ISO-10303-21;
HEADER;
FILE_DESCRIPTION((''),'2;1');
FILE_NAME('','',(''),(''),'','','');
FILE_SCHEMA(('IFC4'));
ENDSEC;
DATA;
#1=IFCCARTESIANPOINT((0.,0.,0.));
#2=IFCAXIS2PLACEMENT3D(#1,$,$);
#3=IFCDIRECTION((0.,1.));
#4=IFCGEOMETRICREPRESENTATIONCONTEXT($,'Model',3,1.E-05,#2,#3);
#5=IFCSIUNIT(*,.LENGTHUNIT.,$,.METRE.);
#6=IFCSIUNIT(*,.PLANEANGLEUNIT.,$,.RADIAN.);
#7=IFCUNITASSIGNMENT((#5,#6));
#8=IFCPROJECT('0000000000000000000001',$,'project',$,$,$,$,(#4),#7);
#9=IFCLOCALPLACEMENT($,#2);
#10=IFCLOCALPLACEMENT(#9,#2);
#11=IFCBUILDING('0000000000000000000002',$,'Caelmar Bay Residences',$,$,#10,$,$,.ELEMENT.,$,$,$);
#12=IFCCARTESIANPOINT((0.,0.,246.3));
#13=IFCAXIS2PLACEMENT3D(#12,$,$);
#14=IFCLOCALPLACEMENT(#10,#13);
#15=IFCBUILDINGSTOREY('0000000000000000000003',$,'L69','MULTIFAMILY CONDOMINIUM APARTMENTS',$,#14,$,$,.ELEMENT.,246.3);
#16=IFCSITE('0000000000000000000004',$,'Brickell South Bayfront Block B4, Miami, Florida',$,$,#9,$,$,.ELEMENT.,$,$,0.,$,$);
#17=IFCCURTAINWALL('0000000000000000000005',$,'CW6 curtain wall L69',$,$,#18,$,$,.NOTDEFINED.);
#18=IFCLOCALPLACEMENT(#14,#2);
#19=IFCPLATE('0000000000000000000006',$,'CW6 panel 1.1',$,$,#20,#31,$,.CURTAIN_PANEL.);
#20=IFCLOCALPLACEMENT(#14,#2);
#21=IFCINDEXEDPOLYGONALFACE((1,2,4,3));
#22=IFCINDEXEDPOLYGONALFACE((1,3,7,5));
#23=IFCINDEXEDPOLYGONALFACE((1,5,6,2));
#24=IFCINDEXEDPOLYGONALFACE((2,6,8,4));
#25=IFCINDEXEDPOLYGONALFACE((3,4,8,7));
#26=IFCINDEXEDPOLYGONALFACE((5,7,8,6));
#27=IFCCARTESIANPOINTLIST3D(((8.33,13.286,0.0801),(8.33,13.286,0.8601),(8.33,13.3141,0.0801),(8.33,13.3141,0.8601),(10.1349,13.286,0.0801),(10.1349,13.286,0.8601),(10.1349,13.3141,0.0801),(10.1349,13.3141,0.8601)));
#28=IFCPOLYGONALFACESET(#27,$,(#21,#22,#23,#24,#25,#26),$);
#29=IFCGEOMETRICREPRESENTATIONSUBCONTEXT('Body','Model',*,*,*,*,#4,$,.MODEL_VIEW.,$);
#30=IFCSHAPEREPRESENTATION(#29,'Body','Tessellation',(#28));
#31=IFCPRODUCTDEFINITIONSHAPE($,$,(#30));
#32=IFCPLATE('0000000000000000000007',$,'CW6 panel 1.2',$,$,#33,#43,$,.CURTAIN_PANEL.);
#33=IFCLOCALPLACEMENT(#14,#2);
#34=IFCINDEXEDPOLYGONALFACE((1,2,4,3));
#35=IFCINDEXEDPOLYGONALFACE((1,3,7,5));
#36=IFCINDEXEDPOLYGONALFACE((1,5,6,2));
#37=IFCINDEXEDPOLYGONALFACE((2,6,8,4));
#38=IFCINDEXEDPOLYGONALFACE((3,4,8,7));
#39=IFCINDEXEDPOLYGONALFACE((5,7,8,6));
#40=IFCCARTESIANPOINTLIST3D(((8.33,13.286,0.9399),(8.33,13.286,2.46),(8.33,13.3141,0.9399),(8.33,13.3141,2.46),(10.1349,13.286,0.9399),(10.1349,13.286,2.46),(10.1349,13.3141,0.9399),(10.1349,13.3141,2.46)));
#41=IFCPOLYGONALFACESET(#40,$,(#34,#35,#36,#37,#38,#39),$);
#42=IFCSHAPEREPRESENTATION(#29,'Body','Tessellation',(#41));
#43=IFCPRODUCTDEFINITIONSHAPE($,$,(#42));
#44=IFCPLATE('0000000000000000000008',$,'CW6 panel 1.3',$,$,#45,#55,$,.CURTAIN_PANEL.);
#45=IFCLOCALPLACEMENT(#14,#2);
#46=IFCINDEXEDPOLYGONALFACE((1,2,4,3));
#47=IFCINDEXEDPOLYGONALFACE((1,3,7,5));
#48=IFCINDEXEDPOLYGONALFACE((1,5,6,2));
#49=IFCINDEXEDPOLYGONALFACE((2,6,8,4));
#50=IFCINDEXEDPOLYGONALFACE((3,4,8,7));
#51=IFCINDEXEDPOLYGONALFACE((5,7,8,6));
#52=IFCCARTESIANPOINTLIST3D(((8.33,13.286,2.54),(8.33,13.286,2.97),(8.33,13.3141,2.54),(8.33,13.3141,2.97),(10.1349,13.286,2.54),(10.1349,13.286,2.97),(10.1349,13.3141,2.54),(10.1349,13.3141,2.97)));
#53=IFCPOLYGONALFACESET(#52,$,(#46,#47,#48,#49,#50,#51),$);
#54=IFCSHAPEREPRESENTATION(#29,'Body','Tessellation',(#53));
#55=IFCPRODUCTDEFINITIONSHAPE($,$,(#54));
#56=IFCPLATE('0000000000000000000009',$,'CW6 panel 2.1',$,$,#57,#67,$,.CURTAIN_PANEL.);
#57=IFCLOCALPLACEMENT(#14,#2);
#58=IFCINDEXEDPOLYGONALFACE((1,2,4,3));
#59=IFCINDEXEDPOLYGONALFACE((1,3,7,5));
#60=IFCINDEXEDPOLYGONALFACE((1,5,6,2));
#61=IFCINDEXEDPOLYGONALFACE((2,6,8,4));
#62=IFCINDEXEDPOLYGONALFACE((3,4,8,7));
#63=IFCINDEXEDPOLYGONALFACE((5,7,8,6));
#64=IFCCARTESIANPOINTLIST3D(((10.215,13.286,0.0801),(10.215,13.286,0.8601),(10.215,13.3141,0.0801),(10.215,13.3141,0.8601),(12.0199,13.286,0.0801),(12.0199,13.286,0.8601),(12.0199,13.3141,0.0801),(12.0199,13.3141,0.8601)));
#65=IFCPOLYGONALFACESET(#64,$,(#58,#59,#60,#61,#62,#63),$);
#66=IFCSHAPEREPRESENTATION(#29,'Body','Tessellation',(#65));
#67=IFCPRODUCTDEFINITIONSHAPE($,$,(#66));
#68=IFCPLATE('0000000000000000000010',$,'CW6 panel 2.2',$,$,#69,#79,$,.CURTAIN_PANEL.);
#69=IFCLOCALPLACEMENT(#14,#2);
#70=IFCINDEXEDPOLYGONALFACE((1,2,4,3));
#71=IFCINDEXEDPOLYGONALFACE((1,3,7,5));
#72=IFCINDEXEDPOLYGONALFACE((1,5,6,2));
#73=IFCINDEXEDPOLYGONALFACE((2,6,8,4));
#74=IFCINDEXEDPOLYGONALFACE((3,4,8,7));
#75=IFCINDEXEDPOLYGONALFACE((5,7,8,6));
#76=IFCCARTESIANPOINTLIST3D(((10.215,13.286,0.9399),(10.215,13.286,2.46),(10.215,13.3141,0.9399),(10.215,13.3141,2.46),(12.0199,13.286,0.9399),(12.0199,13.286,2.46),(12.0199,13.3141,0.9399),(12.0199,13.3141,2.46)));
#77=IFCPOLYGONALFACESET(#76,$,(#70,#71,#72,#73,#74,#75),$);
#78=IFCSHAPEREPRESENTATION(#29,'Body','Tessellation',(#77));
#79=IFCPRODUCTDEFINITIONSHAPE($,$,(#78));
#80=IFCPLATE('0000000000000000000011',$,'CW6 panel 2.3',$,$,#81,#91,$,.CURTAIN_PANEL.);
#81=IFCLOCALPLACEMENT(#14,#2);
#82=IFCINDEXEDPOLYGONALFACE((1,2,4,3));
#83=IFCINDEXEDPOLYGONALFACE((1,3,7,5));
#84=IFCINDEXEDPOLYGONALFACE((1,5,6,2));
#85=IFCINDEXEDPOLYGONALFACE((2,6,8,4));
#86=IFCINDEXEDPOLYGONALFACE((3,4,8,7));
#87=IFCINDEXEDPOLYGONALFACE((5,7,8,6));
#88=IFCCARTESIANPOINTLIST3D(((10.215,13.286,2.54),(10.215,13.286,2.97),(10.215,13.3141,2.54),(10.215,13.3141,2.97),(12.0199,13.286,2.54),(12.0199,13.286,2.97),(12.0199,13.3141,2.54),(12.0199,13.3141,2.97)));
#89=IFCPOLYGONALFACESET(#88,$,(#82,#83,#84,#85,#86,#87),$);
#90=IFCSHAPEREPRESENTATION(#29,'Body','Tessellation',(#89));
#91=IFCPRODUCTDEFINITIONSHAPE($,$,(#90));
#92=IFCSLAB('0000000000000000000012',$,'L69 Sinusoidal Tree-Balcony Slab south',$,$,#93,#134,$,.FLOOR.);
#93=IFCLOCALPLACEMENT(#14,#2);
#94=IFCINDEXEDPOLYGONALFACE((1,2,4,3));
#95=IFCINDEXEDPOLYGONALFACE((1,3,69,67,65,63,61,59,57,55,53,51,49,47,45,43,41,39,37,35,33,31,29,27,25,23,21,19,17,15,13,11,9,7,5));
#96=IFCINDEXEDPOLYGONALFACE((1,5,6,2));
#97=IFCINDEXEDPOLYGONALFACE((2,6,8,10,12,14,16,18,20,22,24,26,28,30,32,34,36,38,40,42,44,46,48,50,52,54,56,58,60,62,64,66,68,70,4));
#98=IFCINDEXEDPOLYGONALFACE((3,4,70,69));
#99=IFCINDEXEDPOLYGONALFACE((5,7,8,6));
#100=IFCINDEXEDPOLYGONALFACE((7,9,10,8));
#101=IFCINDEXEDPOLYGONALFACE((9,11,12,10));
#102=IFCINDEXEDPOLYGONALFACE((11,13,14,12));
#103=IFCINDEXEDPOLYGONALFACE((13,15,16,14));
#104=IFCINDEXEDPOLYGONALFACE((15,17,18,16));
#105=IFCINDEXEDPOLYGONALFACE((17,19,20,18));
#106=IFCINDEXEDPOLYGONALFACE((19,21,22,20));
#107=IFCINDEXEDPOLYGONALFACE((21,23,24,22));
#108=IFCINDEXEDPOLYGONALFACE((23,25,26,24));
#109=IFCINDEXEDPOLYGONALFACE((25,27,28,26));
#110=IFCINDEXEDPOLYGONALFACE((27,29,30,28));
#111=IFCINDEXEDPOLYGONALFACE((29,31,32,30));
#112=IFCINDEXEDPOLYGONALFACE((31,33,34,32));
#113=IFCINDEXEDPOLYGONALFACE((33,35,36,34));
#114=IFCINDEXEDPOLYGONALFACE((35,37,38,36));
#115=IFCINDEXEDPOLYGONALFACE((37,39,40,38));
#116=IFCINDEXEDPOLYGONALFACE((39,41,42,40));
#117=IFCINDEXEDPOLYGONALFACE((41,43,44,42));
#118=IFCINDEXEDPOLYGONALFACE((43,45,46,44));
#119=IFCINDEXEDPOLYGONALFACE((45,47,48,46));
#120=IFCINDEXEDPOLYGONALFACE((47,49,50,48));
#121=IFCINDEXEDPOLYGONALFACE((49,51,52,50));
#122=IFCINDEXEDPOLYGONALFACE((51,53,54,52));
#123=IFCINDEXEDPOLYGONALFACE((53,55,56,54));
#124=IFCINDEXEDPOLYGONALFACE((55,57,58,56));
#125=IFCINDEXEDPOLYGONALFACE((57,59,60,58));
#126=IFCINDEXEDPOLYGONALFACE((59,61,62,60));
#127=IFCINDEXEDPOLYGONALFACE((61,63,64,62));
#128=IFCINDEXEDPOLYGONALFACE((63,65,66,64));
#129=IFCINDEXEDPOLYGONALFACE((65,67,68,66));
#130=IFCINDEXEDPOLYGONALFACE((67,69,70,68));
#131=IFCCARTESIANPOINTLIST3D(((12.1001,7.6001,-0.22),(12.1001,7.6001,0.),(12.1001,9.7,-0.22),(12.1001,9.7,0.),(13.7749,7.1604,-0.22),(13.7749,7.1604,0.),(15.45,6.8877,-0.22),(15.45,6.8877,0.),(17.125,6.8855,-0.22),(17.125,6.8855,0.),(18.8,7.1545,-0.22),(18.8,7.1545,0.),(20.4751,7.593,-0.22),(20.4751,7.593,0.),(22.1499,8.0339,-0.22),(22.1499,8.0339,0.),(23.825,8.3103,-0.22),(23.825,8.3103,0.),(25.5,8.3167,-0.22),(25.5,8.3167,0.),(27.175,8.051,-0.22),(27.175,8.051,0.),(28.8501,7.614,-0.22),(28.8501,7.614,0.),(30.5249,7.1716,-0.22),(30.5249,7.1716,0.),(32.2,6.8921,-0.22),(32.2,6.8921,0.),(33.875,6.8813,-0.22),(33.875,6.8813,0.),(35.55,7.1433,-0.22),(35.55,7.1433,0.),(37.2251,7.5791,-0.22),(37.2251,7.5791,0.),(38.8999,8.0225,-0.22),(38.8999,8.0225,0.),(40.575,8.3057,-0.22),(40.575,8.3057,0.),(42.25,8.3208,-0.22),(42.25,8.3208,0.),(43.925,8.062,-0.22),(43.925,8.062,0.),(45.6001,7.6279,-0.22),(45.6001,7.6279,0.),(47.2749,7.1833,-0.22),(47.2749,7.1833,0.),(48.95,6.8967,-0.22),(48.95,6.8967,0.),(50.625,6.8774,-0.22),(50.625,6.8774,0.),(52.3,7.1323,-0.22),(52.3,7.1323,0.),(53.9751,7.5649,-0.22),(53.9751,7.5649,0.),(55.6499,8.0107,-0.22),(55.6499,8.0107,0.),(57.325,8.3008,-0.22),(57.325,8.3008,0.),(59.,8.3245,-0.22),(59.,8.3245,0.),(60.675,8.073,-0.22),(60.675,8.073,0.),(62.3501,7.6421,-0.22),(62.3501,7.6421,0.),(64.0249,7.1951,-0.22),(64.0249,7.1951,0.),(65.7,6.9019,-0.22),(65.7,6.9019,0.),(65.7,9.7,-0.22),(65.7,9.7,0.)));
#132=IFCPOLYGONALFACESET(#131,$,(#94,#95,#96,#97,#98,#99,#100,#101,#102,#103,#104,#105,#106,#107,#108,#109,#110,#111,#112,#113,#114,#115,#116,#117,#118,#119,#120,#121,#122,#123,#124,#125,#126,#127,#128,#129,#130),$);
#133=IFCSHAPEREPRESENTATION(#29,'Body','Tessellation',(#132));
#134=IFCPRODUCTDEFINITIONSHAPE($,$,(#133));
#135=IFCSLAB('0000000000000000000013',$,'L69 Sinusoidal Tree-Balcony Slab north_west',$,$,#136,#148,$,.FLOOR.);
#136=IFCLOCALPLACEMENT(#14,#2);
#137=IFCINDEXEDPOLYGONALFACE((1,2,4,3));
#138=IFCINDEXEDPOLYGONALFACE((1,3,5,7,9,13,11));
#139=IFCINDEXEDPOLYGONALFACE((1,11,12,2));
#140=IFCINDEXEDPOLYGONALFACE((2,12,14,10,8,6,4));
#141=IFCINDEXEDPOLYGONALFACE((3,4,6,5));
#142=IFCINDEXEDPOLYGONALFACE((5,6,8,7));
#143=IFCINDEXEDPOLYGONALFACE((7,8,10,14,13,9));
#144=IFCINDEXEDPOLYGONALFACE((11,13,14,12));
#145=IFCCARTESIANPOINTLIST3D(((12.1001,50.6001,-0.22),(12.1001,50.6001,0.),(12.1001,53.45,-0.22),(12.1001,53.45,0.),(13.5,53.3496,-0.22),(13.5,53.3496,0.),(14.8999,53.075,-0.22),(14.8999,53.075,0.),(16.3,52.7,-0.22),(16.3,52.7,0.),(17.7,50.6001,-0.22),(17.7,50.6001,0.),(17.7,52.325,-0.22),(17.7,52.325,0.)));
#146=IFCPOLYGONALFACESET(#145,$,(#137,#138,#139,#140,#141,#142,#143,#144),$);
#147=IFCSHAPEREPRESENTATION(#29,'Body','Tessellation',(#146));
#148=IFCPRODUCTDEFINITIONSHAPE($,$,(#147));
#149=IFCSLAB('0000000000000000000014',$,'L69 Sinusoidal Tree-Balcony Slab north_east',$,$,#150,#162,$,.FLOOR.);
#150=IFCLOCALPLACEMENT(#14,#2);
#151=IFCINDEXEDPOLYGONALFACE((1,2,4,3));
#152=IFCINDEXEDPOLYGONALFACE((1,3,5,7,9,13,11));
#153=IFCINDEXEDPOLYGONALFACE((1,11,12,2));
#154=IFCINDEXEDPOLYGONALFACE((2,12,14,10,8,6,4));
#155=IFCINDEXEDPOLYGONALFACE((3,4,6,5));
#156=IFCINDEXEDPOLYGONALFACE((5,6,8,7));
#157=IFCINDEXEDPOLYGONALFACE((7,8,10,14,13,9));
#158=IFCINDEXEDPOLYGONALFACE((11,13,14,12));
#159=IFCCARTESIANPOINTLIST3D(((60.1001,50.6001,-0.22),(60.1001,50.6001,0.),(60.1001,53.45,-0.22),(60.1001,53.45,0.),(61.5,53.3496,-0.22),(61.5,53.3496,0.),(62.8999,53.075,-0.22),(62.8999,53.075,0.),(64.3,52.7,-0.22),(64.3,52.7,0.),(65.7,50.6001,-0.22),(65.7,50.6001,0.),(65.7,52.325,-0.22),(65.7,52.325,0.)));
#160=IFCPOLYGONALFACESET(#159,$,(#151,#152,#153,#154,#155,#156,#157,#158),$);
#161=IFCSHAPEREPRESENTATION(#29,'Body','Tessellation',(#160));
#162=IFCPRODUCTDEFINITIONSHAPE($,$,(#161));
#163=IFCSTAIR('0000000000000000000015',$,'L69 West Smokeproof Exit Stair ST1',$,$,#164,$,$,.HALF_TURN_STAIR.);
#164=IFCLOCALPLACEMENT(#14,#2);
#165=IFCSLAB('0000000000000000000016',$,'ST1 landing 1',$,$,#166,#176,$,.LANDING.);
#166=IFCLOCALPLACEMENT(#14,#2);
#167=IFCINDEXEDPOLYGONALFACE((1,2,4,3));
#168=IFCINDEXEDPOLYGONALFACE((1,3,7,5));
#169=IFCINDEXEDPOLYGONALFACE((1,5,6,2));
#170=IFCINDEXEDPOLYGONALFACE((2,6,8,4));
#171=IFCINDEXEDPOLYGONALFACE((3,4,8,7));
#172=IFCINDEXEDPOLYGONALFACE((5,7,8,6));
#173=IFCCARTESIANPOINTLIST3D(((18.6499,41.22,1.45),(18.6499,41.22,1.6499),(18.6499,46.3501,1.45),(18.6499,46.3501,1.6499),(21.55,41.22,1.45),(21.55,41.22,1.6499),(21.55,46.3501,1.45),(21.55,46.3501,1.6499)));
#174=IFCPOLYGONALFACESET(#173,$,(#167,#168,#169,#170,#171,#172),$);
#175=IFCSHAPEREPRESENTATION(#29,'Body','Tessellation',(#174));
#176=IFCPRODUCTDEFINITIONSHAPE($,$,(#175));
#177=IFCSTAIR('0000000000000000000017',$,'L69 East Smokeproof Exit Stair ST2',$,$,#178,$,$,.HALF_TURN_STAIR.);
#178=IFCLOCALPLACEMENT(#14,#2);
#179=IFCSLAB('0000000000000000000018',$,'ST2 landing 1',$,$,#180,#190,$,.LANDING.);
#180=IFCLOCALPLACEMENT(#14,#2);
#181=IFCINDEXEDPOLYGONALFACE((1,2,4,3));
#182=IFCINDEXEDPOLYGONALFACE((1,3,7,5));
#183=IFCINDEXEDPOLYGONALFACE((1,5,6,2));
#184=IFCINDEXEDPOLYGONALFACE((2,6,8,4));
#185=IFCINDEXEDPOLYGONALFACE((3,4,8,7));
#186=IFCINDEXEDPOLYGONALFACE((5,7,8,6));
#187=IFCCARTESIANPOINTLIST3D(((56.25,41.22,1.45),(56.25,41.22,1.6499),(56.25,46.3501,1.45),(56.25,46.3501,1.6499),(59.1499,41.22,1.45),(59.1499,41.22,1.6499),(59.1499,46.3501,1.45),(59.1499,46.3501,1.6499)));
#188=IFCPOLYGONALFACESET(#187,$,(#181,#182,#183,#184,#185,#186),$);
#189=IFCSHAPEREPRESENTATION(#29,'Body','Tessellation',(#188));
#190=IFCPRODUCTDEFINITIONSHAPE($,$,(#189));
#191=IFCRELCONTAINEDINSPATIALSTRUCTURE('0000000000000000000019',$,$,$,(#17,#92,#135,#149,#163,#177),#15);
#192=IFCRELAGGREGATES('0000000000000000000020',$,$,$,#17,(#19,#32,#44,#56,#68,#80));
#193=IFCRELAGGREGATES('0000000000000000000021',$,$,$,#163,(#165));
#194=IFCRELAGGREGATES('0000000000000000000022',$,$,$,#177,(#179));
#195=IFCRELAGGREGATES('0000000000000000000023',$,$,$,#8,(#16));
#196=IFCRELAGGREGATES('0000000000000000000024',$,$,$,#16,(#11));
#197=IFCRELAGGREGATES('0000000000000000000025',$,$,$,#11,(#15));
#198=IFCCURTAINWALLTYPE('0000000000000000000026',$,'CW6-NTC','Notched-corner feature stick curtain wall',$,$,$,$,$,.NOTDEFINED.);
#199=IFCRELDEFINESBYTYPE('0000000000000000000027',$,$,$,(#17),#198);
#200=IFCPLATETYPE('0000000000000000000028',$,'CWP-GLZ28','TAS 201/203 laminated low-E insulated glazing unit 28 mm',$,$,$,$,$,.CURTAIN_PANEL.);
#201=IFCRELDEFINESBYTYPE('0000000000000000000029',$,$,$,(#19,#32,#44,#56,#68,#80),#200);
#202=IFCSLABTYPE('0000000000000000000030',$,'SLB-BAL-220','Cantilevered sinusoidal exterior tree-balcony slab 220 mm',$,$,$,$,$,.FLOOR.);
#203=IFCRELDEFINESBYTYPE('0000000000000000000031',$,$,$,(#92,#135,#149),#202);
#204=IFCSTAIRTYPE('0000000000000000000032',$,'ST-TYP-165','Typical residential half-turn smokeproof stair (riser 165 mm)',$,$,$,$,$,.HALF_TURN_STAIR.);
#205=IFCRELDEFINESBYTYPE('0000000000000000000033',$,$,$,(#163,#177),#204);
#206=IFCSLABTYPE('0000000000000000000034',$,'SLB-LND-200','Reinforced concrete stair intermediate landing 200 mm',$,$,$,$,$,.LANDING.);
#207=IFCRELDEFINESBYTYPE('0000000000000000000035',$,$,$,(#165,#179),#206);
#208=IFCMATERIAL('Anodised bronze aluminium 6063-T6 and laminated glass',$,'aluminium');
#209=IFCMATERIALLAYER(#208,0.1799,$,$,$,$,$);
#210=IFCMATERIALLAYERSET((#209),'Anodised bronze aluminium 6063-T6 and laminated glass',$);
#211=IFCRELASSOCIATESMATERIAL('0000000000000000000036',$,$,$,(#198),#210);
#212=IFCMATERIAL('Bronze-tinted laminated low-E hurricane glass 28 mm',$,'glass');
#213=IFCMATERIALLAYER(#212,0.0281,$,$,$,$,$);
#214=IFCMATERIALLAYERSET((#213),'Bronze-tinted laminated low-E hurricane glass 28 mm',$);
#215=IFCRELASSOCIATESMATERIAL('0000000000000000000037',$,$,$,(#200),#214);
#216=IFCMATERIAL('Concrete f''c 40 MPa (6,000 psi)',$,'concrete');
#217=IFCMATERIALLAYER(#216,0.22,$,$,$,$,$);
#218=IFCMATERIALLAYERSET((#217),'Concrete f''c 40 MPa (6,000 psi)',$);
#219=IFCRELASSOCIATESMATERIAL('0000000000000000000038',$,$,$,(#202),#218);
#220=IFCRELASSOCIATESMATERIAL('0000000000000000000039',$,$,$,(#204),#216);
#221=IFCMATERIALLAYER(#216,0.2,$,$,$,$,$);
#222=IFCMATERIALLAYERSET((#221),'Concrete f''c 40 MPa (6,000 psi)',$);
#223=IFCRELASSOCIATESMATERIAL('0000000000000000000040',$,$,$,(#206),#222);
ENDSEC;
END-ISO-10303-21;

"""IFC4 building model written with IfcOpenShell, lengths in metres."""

from ifc_helpers import new_model, si_unit, direction, frame, origin, origin_2d, place, context, subcontext, project, spatial, polyline, rectangle, outline, extrude, material, layer, layer_set, type_object, element, aggregate, save


model = new_model("IFC4")

# Units and contexts
model_context = context("Model", 3, precision=1e-05, world=origin(), true_north=direction((0.0, 1.0)))
body_context = subcontext(model_context, "Body", "Model", "MODEL_VIEW")
ifc_project = project(units=[si_unit("LENGTHUNIT", "METRE"), si_unit("PLANEANGLEUNIT", "RADIAN")], contexts=[model_context])

# Site, building, storey
site_placement = place(None, origin())
site = spatial("IfcSite", under=ifc_project, at=site_placement, Name="Brickell South Bayfront Block B4, Miami, Florida", CompositionType="ELEMENT", RefElevation=0.0)
building_placement = place(site_placement, origin())
building = spatial("IfcBuilding", under=site, at=building_placement, Name="Caelmar Bay Residences", CompositionType="ELEMENT")
storey_placement = place(building_placement, frame((0.0, 0.0, 246.3)))
storey = spatial("IfcBuildingStorey", under=building, at=storey_placement, Name="L69", Description="MULTIFAMILY CONDOMINIUM APARTMENTS", CompositionType="ELEMENT", Elevation=246.3)

# Curtain wall
ifc_material_1 = material(Name="Anodised bronze aluminium 6063-T6 and laminated glass", Category="aluminium")
ifc_layer_1 = layer(ifc_material_1, 0.1799)
ifc_layer_set_1 = layer_set([ifc_layer_1], Name="Anodised bronze aluminium 6063-T6 and laminated glass")
curtain_wall_type_1 = type_object("IfcCurtainWallType", Name="CW6-NTC", Description="Notched-corner feature stick curtain wall", PredefinedType="NOTDEFINED", material=ifc_layer_set_1)
curtain_wall_1_placement = place(storey_placement, origin())
curtain_wall_1 = element("IfcCurtainWall", 1, at=curtain_wall_1_placement, inside=storey, type_object=curtain_wall_type_1, Name="CW6 curtain wall L69", PredefinedType="NOTDEFINED")

# Plates
ifc_material_2 = material(Name="Bronze-tinted laminated low-E hurricane glass 28 mm", Category="glass")
ifc_layer_2 = layer(ifc_material_2, 0.0281)
ifc_layer_set_2 = layer_set([ifc_layer_2], Name="Bronze-tinted laminated low-E hurricane glass 28 mm")
plate_type = type_object("IfcPlateType", Name="CWP-GLZ28", Description="TAS 201/203 laminated low-E insulated glazing unit 28 mm", PredefinedType="CURTAIN_PANEL", material=ifc_layer_set_2)
plate_1_placement = place(storey_placement, frame((9.2324, 13.3, 0.0801), z_axis=(0.0, 0.0, 1.0), x_axis=(1.0, 0.0, 0.0)))
plate_1 = element("IfcPlate", 2, at=plate_1_placement, type_object=plate_type, Name="CW6 panel 1.1", PredefinedType="CURTAIN_PANEL", context=body_context, shape_type="SweptSolid", body=[
    extrude(rectangle(XDim=1.8049, YDim=0.0281, at=origin_2d()), origin(), (0.0, 0.0, 1.0), 0.78),
])
plate_2_placement = place(storey_placement, frame((9.2324, 13.3, 0.9399), z_axis=(0.0, 0.0, 1.0), x_axis=(1.0, 0.0, 0.0)))
plate_2 = element("IfcPlate", 3, at=plate_2_placement, type_object=plate_type, Name="CW6 panel 1.2", PredefinedType="CURTAIN_PANEL", context=body_context, shape_type="SweptSolid", body=[
    extrude(rectangle(XDim=1.8049, YDim=0.0281, at=origin_2d()), origin(), (0.0, 0.0, 1.0), 1.52),
])
plate_3_placement = place(storey_placement, frame((9.2324, 13.3, 2.54), z_axis=(0.0, 0.0, 1.0), x_axis=(1.0, 0.0, 0.0)))
plate_3 = element("IfcPlate", 4, at=plate_3_placement, type_object=plate_type, Name="CW6 panel 1.3", PredefinedType="CURTAIN_PANEL", context=body_context, shape_type="SweptSolid", body=[
    extrude(rectangle(XDim=1.8049, YDim=0.0281, at=origin_2d()), origin(), (0.0, 0.0, 1.0), 0.4299),
])
plate_4_placement = place(storey_placement, frame((11.1174, 13.3, 0.0801), z_axis=(0.0, 0.0, 1.0), x_axis=(1.0, 0.0, 0.0)))
plate_4 = element("IfcPlate", 5, at=plate_4_placement, type_object=plate_type, Name="CW6 panel 2.1", PredefinedType="CURTAIN_PANEL", context=body_context, shape_type="SweptSolid", body=[
    extrude(rectangle(XDim=1.8049, YDim=0.0281, at=origin_2d()), origin(), (0.0, 0.0, 1.0), 0.78),
])
plate_5_placement = place(storey_placement, frame((11.1174, 13.3, 0.9399), z_axis=(0.0, 0.0, 1.0), x_axis=(1.0, 0.0, 0.0)))
plate_5 = element("IfcPlate", 6, at=plate_5_placement, type_object=plate_type, Name="CW6 panel 2.2", PredefinedType="CURTAIN_PANEL", context=body_context, shape_type="SweptSolid", body=[
    extrude(rectangle(XDim=1.8049, YDim=0.0281, at=origin_2d()), origin(), (0.0, 0.0, 1.0), 1.52),
])
plate_6_placement = place(storey_placement, frame((11.1174, 13.3, 2.54), z_axis=(0.0, 0.0, 1.0), x_axis=(1.0, 0.0, 0.0)))
plate_6 = element("IfcPlate", 7, at=plate_6_placement, type_object=plate_type, Name="CW6 panel 2.3", PredefinedType="CURTAIN_PANEL", context=body_context, shape_type="SweptSolid", body=[
    extrude(rectangle(XDim=1.8049, YDim=0.0281, at=origin_2d()), origin(), (0.0, 0.0, 1.0), 0.4299),
])
aggregate(curtain_wall_1, [plate_1, plate_2, plate_3, plate_4, plate_5, plate_6])

# Slabs
ifc_material_3 = material(Name="Concrete f'c 40 MPa (6,000 psi)", Category="concrete")
ifc_layer_3 = layer(ifc_material_3, 0.22)
ifc_layer_set_3 = layer_set([ifc_layer_3], Name="Concrete f'c 40 MPa (6,000 psi)")
slab_type_1 = type_object("IfcSlabType", Name="SLB-BAL-220", Description="Cantilevered sinusoidal exterior tree-balcony slab 220 mm", PredefinedType="FLOOR", material=ifc_layer_set_3)
slab_1_placement = place(storey_placement, frame((0.0, 0.0, -0.22)))
element("IfcSlab", 8, at=slab_1_placement, inside=storey, type_object=slab_type_1, Name="L69 Sinusoidal Tree-Balcony Slab south", PredefinedType="FLOOR", context=body_context, shape_type="SweptSolid", body=[
    extrude(outline(polyline([(12.1001, 7.6001), (13.7749, 7.1604), (15.45, 6.8877), (17.125, 6.8855), (18.8, 7.1545), (20.4751, 7.593), (22.1499, 8.0339), (23.825, 8.3103), (25.5, 8.3167), (27.175, 8.051), (28.8501, 7.614), (30.5249, 7.1716), (32.2, 6.8921), (33.875, 6.8813), (35.55, 7.1433), (37.2251, 7.5791), (38.8999, 8.0225), (40.575, 8.3057), (42.25, 8.3208), (43.925, 8.062), (45.6001, 7.6279), (47.2749, 7.1833), (48.95, 6.8967), (50.625, 6.8774), (52.3, 7.1323), (53.9751, 7.5649), (55.6499, 8.0107), (57.325, 8.3008), (59.0, 8.3245), (60.675, 8.073), (62.3501, 7.6421), (64.0249, 7.1951), (65.7, 6.9019), (65.7, 9.7), (12.1001, 9.7), (12.1001, 7.6001)])), origin(), (0.0, 0.0, 1.0), 0.22),
])
slab_2_placement = place(storey_placement, frame((0.0, 0.0, -0.22)))
element("IfcSlab", 9, at=slab_2_placement, inside=storey, type_object=slab_type_1, Name="L69 Sinusoidal Tree-Balcony Slab north_west", PredefinedType="FLOOR", context=body_context, shape_type="SweptSolid", body=[
    extrude(outline(polyline([(12.1001, 50.6001), (17.7, 50.6001), (17.7, 52.325), (16.3, 52.7), (14.8999, 53.075), (13.5, 53.3496), (12.1001, 53.45), (12.1001, 50.6001)])), origin(), (0.0, 0.0, 1.0), 0.22),
])
slab_3_placement = place(storey_placement, frame((0.0, 0.0, -0.22)))
element("IfcSlab", 10, at=slab_3_placement, inside=storey, type_object=slab_type_1, Name="L69 Sinusoidal Tree-Balcony Slab north_east", PredefinedType="FLOOR", context=body_context, shape_type="SweptSolid", body=[
    extrude(outline(polyline([(60.1001, 50.6001), (65.7, 50.6001), (65.7, 52.325), (64.3, 52.7), (62.8999, 53.075), (61.5, 53.3496), (60.1001, 53.45), (60.1001, 50.6001)])), origin(), (0.0, 0.0, 1.0), 0.22),
])

# Stairs, slabs
stair_type = type_object("IfcStairType", Name="ST-TYP-165", Description="Typical residential half-turn smokeproof stair (riser 165 mm)", PredefinedType="HALF_TURN_STAIR", material=ifc_material_3)
stair_1_placement = place(storey_placement, origin())
stair_1 = element("IfcStair", 11, at=stair_1_placement, inside=storey, type_object=stair_type, Name="L69 West Smokeproof Exit Stair ST1", PredefinedType="HALF_TURN_STAIR")
ifc_layer_4 = layer(ifc_material_3, 0.2)
ifc_layer_set_4 = layer_set([ifc_layer_4], Name="Concrete f'c 40 MPa (6,000 psi)")
slab_type_2 = type_object("IfcSlabType", Name="SLB-LND-200", Description="Reinforced concrete stair intermediate landing 200 mm", PredefinedType="LANDING", material=ifc_layer_set_4)
slab_4_placement = place(storey_placement, frame((0.0, 0.0, 1.45)))
slab_4 = element("IfcSlab", 12, at=slab_4_placement, type_object=slab_type_2, Name="ST1 landing 1", PredefinedType="LANDING", context=body_context, shape_type="SweptSolid", body=[
    extrude(outline(polyline([(21.55, 41.22), (21.55, 46.3501), (18.6499, 46.3501), (18.6499, 41.22), (21.55, 41.22)])), origin(), (0.0, 0.0, 1.0), 0.2),
])
aggregate(stair_1, [slab_4])
stair_2_placement = place(storey_placement, origin())
stair_2 = element("IfcStair", 13, at=stair_2_placement, inside=storey, type_object=stair_type, Name="L69 East Smokeproof Exit Stair ST2", PredefinedType="HALF_TURN_STAIR")
slab_5_placement = place(storey_placement, frame((0.0, 0.0, 1.45)))
slab_5 = element("IfcSlab", 14, at=slab_5_placement, type_object=slab_type_2, Name="ST2 landing 1", PredefinedType="LANDING", context=body_context, shape_type="SweptSolid", body=[
    extrude(outline(polyline([(59.1499, 41.22), (59.1499, 46.3501), (56.25, 46.3501), (56.25, 41.22), (59.1499, 41.22)])), origin(), (0.0, 0.0, 1.0), 0.2),
])
aggregate(stair_2, [slab_5])

save(model, "model.ifc")
